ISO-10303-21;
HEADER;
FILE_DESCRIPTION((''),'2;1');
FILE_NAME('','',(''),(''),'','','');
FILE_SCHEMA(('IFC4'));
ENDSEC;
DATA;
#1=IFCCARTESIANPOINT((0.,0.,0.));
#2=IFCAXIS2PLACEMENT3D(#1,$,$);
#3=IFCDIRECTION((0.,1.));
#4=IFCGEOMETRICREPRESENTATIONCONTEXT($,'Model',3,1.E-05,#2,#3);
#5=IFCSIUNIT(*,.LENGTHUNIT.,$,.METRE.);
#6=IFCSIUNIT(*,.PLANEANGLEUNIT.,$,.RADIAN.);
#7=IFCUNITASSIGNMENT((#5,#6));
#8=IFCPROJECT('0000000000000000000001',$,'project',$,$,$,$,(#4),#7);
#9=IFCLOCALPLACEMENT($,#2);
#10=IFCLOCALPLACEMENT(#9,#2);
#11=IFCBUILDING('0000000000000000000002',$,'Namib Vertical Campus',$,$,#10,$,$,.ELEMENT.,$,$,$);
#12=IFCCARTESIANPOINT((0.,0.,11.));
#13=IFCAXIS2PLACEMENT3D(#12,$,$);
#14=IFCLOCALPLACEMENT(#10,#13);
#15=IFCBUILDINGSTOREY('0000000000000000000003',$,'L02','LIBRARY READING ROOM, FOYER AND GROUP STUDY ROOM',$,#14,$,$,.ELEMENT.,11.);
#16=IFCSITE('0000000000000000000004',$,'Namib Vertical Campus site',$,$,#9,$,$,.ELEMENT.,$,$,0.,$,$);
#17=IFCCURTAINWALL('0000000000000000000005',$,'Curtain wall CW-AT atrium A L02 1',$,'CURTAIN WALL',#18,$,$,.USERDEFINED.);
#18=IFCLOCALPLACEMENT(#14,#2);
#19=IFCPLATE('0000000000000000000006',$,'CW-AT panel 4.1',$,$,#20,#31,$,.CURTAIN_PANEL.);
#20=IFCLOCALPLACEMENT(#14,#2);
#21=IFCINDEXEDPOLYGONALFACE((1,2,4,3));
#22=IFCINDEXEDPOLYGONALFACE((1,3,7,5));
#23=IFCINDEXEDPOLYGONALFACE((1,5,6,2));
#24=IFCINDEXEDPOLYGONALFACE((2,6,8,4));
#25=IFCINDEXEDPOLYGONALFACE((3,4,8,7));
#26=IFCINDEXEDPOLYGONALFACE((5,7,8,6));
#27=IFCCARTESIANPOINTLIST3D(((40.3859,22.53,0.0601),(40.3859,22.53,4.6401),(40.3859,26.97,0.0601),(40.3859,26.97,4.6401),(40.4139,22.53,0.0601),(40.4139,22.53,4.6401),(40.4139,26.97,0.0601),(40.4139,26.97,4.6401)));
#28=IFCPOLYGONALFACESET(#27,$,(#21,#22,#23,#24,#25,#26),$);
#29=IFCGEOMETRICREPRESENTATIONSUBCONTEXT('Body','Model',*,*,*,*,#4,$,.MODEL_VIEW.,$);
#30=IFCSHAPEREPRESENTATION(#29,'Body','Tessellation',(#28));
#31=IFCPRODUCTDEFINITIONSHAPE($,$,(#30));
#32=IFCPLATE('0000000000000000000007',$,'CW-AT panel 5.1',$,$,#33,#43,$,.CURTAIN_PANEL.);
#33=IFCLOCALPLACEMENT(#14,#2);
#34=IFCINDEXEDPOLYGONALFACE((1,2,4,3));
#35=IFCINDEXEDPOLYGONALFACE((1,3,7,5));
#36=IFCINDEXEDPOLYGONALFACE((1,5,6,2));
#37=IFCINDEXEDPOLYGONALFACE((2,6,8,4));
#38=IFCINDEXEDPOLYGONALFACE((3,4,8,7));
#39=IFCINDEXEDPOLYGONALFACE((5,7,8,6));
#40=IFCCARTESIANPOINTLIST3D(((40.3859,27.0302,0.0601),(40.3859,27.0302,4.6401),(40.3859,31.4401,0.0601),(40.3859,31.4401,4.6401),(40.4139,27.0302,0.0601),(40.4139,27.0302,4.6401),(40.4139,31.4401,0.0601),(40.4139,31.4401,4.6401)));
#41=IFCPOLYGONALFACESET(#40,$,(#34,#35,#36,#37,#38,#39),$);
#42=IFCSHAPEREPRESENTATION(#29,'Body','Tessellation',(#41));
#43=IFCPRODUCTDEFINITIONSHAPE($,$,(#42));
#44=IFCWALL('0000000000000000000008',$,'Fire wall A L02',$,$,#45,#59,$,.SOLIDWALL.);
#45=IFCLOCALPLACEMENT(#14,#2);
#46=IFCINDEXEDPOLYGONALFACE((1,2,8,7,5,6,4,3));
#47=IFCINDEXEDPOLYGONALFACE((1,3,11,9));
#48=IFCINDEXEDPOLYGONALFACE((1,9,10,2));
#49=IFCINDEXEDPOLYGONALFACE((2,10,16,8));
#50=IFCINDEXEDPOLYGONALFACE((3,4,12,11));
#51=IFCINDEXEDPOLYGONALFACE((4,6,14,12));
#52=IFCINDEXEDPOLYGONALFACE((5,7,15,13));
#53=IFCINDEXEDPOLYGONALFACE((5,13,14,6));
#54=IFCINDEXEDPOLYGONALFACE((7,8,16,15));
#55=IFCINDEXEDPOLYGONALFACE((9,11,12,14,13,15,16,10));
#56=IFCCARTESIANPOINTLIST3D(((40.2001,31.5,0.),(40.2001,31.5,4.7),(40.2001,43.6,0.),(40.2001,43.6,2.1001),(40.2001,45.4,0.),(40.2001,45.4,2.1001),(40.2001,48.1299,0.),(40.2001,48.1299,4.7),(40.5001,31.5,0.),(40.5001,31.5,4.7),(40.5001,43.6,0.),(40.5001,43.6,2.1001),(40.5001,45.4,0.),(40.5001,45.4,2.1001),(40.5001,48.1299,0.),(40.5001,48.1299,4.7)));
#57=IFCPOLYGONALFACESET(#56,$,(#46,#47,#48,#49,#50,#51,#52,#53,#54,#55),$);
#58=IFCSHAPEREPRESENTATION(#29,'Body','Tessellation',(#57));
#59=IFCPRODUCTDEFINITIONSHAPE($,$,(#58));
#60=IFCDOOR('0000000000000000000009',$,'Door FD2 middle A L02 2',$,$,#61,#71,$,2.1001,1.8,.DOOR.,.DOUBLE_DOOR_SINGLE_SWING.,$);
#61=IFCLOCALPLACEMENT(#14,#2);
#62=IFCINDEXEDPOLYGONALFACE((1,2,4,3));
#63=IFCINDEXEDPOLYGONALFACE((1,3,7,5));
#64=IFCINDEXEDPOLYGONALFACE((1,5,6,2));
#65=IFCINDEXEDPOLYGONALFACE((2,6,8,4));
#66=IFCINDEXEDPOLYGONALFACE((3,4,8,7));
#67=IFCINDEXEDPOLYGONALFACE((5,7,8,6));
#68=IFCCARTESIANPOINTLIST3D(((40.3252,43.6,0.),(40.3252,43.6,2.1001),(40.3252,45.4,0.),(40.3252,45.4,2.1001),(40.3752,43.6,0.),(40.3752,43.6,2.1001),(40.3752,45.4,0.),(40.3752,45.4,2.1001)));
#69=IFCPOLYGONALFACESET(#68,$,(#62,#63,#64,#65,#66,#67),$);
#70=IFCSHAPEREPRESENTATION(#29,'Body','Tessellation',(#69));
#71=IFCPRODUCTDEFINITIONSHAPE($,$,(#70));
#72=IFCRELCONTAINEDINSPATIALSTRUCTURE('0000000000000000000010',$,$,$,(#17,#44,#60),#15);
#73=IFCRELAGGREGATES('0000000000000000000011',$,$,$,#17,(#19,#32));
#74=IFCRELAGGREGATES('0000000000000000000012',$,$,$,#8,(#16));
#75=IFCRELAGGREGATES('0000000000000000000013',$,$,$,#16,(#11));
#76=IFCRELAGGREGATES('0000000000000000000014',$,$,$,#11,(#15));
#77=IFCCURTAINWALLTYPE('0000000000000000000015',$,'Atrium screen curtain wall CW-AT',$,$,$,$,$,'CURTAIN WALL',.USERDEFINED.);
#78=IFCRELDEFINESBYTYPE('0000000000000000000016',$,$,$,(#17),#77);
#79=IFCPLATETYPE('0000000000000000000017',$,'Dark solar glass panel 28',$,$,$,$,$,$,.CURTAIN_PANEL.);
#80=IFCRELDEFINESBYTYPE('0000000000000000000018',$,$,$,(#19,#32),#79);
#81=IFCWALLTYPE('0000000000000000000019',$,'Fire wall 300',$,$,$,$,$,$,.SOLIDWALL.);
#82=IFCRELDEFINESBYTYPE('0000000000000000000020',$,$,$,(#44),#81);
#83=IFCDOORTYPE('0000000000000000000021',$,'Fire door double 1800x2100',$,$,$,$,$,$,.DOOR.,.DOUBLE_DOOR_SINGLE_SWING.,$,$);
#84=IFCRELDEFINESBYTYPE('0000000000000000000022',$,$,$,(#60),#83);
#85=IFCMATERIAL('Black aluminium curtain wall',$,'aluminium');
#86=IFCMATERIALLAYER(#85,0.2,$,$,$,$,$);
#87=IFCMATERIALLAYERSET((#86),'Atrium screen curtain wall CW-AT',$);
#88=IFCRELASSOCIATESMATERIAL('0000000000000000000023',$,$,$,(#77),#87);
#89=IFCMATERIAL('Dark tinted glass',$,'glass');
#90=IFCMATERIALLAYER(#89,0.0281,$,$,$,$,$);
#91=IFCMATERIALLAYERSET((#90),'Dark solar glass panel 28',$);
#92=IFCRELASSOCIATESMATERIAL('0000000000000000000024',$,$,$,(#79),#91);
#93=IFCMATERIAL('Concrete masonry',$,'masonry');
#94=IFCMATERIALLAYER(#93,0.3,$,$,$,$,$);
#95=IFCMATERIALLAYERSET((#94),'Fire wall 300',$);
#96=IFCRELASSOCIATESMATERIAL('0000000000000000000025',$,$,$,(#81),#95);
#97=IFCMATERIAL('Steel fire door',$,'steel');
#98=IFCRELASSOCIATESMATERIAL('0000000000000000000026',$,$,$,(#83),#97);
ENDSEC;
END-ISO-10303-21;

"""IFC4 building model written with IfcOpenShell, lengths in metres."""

from ifc_helpers import new_model, si_unit, direction, frame, frame_2d, origin, origin_2d, place, context, subcontext, project, spatial, rectangle, extrude, material, layer, layer_set, type_object, element, fill, aggregate, save


model = new_model("IFC4")

# Units and contexts
model_context = context("Model", 3, precision=1e-05, world=origin(), true_north=direction((0.0, 1.0)))
body_context = subcontext(model_context, "Body", "Model", "MODEL_VIEW")
ifc_project = project(units=[si_unit("LENGTHUNIT", "METRE"), si_unit("PLANEANGLEUNIT", "RADIAN")], contexts=[model_context])

# Site, building, storey
site_placement = place(None, origin())
site = spatial("IfcSite", under=ifc_project, at=site_placement, Name="Namib Vertical Campus site", CompositionType="ELEMENT", RefElevation=0.0)
building_placement = place(site_placement, origin())
building = spatial("IfcBuilding", under=site, at=building_placement, Name="Namib Vertical Campus", CompositionType="ELEMENT")
storey_placement = place(building_placement, frame((0.0, 0.0, 11.0)))
storey = spatial("IfcBuildingStorey", under=building, at=storey_placement, Name="L02", Description="LIBRARY READING ROOM, FOYER AND GROUP STUDY ROOM", CompositionType="ELEMENT", Elevation=11.0)

# Curtain wall
ifc_material_1 = material(Name="Black aluminium curtain wall", Category="aluminium")
ifc_layer_1 = layer(ifc_material_1, 0.2)
ifc_layer_set_1 = layer_set([ifc_layer_1], Name="Atrium screen curtain wall CW-AT")
curtain_wall_type = type_object("IfcCurtainWallType", Name="Atrium screen curtain wall CW-AT", ElementType="CURTAIN WALL", PredefinedType="USERDEFINED", material=ifc_layer_set_1)
curtain_wall_placement = place(storey_placement, origin())
curtain_wall = element("IfcCurtainWall", 1, at=curtain_wall_placement, inside=storey, type_object=curtain_wall_type, Name="Curtain wall CW-AT atrium A L02 1", ObjectType="CURTAIN WALL", PredefinedType="USERDEFINED")

# Plates
ifc_material_2 = material(Name="Dark tinted glass", Category="glass")
ifc_layer_2 = layer(ifc_material_2, 0.0281)
ifc_layer_set_2 = layer_set([ifc_layer_2], Name="Dark solar glass panel 28")
plate_type = type_object("IfcPlateType", Name="Dark solar glass panel 28", PredefinedType="CURTAIN_PANEL", material=ifc_layer_set_2)
plate_1_placement = place(storey_placement, frame((40.3999, 24.75, 0.0601), z_axis=(0.0, 0.0, 1.0), x_axis=(0.0, 1.0, 0.0)))
plate_1 = element("IfcPlate", 2, at=plate_1_placement, type_object=plate_type, Name="CW-AT panel 4.1", PredefinedType="CURTAIN_PANEL", context=body_context, shape_type="SweptSolid", body=[
    extrude(rectangle(XDim=4.4399, YDim=0.0281, at=origin_2d()), origin(), (0.0, 0.0, 1.0), 4.5801),
])
plate_2_placement = place(storey_placement, frame((40.3999, 29.2351, 0.0601), z_axis=(0.0, 0.0, 1.0), x_axis=(0.0, 1.0, 0.0)))
plate_2 = element("IfcPlate", 3, at=plate_2_placement, type_object=plate_type, Name="CW-AT panel 5.1", PredefinedType="CURTAIN_PANEL", context=body_context, shape_type="SweptSolid", body=[
    extrude(rectangle(XDim=4.4099, YDim=0.0281, at=origin_2d()), origin(), (0.0, 0.0, 1.0), 4.5801),
])
aggregate(curtain_wall, [plate_1, plate_2])

# Wall, opening, door
ifc_material_3 = material(Name="Concrete masonry", Category="masonry")
ifc_layer_3 = layer(ifc_material_3, 0.3)
ifc_layer_set_3 = layer_set([ifc_layer_3], Name="Fire wall 300")
wall_type = type_object("IfcWallType", Name="Fire wall 300", PredefinedType="SOLIDWALL", material=ifc_layer_set_3)
wall_placement = place(storey_placement, frame((40.3501, 31.5, 0.0), z_axis=(0.0, 0.0, 1.0), x_axis=(0.0, 1.0, 0.0)))
wall = element("IfcWall", 4, at=wall_placement, inside=storey, type_object=wall_type, Name="Fire wall A L02", PredefinedType="SOLIDWALL", context=body_context, shape_type="SweptSolid", body=[
    extrude(rectangle(XDim=16.6299, YDim=0.3, at=frame_2d((8.3149, 0.0))), origin(), (0.0, 0.0, 1.0), 4.7),
])
opening_placement = place(wall_placement, frame((12.1001, 0.0, 0.0)))
opening = element("IfcOpeningElement", 5, at=opening_placement, cuts=wall, PredefinedType="OPENING", context=body_context, shape_type="SweptSolid", body=[
    extrude(rectangle(XDim=1.8, YDim=2.1001, at=frame_2d((0.8999, 1.05))), frame((0.0, 0.1599, 0.0), z_axis=(0.0, -1.0, 0.0), x_axis=(1.0, 0.0, 0.0)), (0.0, 0.0, 1.0), 0.3201),
])
ifc_material_4 = material(Name="Steel fire door", Category="steel")
door_type = type_object("IfcDoorType", Name="Fire door double 1800x2100", OperationType="DOUBLE_DOOR_SINGLE_SWING", PredefinedType="DOOR", material=ifc_material_4)
door_placement = place(opening_placement, origin())
door = element("IfcDoor", 6, at=door_placement, inside=storey, type_object=door_type, Name="Door FD2 middle A L02 2", OperationType="DOUBLE_DOOR_SINGLE_SWING", OverallHeight=2.1001, OverallWidth=1.8, PredefinedType="DOOR", context=body_context, shape_type="SweptSolid", body=[
    extrude(rectangle(XDim=1.8, YDim=2.1001, at=frame_2d((0.8999, 1.05))), frame((0.0, 0.0249, 0.0), z_axis=(0.0, -1.0, 0.0), x_axis=(1.0, 0.0, 0.0)), (0.0, 0.0, 1.0), 0.05),
])
fill(opening, door)

save(model, "model.ifc")
